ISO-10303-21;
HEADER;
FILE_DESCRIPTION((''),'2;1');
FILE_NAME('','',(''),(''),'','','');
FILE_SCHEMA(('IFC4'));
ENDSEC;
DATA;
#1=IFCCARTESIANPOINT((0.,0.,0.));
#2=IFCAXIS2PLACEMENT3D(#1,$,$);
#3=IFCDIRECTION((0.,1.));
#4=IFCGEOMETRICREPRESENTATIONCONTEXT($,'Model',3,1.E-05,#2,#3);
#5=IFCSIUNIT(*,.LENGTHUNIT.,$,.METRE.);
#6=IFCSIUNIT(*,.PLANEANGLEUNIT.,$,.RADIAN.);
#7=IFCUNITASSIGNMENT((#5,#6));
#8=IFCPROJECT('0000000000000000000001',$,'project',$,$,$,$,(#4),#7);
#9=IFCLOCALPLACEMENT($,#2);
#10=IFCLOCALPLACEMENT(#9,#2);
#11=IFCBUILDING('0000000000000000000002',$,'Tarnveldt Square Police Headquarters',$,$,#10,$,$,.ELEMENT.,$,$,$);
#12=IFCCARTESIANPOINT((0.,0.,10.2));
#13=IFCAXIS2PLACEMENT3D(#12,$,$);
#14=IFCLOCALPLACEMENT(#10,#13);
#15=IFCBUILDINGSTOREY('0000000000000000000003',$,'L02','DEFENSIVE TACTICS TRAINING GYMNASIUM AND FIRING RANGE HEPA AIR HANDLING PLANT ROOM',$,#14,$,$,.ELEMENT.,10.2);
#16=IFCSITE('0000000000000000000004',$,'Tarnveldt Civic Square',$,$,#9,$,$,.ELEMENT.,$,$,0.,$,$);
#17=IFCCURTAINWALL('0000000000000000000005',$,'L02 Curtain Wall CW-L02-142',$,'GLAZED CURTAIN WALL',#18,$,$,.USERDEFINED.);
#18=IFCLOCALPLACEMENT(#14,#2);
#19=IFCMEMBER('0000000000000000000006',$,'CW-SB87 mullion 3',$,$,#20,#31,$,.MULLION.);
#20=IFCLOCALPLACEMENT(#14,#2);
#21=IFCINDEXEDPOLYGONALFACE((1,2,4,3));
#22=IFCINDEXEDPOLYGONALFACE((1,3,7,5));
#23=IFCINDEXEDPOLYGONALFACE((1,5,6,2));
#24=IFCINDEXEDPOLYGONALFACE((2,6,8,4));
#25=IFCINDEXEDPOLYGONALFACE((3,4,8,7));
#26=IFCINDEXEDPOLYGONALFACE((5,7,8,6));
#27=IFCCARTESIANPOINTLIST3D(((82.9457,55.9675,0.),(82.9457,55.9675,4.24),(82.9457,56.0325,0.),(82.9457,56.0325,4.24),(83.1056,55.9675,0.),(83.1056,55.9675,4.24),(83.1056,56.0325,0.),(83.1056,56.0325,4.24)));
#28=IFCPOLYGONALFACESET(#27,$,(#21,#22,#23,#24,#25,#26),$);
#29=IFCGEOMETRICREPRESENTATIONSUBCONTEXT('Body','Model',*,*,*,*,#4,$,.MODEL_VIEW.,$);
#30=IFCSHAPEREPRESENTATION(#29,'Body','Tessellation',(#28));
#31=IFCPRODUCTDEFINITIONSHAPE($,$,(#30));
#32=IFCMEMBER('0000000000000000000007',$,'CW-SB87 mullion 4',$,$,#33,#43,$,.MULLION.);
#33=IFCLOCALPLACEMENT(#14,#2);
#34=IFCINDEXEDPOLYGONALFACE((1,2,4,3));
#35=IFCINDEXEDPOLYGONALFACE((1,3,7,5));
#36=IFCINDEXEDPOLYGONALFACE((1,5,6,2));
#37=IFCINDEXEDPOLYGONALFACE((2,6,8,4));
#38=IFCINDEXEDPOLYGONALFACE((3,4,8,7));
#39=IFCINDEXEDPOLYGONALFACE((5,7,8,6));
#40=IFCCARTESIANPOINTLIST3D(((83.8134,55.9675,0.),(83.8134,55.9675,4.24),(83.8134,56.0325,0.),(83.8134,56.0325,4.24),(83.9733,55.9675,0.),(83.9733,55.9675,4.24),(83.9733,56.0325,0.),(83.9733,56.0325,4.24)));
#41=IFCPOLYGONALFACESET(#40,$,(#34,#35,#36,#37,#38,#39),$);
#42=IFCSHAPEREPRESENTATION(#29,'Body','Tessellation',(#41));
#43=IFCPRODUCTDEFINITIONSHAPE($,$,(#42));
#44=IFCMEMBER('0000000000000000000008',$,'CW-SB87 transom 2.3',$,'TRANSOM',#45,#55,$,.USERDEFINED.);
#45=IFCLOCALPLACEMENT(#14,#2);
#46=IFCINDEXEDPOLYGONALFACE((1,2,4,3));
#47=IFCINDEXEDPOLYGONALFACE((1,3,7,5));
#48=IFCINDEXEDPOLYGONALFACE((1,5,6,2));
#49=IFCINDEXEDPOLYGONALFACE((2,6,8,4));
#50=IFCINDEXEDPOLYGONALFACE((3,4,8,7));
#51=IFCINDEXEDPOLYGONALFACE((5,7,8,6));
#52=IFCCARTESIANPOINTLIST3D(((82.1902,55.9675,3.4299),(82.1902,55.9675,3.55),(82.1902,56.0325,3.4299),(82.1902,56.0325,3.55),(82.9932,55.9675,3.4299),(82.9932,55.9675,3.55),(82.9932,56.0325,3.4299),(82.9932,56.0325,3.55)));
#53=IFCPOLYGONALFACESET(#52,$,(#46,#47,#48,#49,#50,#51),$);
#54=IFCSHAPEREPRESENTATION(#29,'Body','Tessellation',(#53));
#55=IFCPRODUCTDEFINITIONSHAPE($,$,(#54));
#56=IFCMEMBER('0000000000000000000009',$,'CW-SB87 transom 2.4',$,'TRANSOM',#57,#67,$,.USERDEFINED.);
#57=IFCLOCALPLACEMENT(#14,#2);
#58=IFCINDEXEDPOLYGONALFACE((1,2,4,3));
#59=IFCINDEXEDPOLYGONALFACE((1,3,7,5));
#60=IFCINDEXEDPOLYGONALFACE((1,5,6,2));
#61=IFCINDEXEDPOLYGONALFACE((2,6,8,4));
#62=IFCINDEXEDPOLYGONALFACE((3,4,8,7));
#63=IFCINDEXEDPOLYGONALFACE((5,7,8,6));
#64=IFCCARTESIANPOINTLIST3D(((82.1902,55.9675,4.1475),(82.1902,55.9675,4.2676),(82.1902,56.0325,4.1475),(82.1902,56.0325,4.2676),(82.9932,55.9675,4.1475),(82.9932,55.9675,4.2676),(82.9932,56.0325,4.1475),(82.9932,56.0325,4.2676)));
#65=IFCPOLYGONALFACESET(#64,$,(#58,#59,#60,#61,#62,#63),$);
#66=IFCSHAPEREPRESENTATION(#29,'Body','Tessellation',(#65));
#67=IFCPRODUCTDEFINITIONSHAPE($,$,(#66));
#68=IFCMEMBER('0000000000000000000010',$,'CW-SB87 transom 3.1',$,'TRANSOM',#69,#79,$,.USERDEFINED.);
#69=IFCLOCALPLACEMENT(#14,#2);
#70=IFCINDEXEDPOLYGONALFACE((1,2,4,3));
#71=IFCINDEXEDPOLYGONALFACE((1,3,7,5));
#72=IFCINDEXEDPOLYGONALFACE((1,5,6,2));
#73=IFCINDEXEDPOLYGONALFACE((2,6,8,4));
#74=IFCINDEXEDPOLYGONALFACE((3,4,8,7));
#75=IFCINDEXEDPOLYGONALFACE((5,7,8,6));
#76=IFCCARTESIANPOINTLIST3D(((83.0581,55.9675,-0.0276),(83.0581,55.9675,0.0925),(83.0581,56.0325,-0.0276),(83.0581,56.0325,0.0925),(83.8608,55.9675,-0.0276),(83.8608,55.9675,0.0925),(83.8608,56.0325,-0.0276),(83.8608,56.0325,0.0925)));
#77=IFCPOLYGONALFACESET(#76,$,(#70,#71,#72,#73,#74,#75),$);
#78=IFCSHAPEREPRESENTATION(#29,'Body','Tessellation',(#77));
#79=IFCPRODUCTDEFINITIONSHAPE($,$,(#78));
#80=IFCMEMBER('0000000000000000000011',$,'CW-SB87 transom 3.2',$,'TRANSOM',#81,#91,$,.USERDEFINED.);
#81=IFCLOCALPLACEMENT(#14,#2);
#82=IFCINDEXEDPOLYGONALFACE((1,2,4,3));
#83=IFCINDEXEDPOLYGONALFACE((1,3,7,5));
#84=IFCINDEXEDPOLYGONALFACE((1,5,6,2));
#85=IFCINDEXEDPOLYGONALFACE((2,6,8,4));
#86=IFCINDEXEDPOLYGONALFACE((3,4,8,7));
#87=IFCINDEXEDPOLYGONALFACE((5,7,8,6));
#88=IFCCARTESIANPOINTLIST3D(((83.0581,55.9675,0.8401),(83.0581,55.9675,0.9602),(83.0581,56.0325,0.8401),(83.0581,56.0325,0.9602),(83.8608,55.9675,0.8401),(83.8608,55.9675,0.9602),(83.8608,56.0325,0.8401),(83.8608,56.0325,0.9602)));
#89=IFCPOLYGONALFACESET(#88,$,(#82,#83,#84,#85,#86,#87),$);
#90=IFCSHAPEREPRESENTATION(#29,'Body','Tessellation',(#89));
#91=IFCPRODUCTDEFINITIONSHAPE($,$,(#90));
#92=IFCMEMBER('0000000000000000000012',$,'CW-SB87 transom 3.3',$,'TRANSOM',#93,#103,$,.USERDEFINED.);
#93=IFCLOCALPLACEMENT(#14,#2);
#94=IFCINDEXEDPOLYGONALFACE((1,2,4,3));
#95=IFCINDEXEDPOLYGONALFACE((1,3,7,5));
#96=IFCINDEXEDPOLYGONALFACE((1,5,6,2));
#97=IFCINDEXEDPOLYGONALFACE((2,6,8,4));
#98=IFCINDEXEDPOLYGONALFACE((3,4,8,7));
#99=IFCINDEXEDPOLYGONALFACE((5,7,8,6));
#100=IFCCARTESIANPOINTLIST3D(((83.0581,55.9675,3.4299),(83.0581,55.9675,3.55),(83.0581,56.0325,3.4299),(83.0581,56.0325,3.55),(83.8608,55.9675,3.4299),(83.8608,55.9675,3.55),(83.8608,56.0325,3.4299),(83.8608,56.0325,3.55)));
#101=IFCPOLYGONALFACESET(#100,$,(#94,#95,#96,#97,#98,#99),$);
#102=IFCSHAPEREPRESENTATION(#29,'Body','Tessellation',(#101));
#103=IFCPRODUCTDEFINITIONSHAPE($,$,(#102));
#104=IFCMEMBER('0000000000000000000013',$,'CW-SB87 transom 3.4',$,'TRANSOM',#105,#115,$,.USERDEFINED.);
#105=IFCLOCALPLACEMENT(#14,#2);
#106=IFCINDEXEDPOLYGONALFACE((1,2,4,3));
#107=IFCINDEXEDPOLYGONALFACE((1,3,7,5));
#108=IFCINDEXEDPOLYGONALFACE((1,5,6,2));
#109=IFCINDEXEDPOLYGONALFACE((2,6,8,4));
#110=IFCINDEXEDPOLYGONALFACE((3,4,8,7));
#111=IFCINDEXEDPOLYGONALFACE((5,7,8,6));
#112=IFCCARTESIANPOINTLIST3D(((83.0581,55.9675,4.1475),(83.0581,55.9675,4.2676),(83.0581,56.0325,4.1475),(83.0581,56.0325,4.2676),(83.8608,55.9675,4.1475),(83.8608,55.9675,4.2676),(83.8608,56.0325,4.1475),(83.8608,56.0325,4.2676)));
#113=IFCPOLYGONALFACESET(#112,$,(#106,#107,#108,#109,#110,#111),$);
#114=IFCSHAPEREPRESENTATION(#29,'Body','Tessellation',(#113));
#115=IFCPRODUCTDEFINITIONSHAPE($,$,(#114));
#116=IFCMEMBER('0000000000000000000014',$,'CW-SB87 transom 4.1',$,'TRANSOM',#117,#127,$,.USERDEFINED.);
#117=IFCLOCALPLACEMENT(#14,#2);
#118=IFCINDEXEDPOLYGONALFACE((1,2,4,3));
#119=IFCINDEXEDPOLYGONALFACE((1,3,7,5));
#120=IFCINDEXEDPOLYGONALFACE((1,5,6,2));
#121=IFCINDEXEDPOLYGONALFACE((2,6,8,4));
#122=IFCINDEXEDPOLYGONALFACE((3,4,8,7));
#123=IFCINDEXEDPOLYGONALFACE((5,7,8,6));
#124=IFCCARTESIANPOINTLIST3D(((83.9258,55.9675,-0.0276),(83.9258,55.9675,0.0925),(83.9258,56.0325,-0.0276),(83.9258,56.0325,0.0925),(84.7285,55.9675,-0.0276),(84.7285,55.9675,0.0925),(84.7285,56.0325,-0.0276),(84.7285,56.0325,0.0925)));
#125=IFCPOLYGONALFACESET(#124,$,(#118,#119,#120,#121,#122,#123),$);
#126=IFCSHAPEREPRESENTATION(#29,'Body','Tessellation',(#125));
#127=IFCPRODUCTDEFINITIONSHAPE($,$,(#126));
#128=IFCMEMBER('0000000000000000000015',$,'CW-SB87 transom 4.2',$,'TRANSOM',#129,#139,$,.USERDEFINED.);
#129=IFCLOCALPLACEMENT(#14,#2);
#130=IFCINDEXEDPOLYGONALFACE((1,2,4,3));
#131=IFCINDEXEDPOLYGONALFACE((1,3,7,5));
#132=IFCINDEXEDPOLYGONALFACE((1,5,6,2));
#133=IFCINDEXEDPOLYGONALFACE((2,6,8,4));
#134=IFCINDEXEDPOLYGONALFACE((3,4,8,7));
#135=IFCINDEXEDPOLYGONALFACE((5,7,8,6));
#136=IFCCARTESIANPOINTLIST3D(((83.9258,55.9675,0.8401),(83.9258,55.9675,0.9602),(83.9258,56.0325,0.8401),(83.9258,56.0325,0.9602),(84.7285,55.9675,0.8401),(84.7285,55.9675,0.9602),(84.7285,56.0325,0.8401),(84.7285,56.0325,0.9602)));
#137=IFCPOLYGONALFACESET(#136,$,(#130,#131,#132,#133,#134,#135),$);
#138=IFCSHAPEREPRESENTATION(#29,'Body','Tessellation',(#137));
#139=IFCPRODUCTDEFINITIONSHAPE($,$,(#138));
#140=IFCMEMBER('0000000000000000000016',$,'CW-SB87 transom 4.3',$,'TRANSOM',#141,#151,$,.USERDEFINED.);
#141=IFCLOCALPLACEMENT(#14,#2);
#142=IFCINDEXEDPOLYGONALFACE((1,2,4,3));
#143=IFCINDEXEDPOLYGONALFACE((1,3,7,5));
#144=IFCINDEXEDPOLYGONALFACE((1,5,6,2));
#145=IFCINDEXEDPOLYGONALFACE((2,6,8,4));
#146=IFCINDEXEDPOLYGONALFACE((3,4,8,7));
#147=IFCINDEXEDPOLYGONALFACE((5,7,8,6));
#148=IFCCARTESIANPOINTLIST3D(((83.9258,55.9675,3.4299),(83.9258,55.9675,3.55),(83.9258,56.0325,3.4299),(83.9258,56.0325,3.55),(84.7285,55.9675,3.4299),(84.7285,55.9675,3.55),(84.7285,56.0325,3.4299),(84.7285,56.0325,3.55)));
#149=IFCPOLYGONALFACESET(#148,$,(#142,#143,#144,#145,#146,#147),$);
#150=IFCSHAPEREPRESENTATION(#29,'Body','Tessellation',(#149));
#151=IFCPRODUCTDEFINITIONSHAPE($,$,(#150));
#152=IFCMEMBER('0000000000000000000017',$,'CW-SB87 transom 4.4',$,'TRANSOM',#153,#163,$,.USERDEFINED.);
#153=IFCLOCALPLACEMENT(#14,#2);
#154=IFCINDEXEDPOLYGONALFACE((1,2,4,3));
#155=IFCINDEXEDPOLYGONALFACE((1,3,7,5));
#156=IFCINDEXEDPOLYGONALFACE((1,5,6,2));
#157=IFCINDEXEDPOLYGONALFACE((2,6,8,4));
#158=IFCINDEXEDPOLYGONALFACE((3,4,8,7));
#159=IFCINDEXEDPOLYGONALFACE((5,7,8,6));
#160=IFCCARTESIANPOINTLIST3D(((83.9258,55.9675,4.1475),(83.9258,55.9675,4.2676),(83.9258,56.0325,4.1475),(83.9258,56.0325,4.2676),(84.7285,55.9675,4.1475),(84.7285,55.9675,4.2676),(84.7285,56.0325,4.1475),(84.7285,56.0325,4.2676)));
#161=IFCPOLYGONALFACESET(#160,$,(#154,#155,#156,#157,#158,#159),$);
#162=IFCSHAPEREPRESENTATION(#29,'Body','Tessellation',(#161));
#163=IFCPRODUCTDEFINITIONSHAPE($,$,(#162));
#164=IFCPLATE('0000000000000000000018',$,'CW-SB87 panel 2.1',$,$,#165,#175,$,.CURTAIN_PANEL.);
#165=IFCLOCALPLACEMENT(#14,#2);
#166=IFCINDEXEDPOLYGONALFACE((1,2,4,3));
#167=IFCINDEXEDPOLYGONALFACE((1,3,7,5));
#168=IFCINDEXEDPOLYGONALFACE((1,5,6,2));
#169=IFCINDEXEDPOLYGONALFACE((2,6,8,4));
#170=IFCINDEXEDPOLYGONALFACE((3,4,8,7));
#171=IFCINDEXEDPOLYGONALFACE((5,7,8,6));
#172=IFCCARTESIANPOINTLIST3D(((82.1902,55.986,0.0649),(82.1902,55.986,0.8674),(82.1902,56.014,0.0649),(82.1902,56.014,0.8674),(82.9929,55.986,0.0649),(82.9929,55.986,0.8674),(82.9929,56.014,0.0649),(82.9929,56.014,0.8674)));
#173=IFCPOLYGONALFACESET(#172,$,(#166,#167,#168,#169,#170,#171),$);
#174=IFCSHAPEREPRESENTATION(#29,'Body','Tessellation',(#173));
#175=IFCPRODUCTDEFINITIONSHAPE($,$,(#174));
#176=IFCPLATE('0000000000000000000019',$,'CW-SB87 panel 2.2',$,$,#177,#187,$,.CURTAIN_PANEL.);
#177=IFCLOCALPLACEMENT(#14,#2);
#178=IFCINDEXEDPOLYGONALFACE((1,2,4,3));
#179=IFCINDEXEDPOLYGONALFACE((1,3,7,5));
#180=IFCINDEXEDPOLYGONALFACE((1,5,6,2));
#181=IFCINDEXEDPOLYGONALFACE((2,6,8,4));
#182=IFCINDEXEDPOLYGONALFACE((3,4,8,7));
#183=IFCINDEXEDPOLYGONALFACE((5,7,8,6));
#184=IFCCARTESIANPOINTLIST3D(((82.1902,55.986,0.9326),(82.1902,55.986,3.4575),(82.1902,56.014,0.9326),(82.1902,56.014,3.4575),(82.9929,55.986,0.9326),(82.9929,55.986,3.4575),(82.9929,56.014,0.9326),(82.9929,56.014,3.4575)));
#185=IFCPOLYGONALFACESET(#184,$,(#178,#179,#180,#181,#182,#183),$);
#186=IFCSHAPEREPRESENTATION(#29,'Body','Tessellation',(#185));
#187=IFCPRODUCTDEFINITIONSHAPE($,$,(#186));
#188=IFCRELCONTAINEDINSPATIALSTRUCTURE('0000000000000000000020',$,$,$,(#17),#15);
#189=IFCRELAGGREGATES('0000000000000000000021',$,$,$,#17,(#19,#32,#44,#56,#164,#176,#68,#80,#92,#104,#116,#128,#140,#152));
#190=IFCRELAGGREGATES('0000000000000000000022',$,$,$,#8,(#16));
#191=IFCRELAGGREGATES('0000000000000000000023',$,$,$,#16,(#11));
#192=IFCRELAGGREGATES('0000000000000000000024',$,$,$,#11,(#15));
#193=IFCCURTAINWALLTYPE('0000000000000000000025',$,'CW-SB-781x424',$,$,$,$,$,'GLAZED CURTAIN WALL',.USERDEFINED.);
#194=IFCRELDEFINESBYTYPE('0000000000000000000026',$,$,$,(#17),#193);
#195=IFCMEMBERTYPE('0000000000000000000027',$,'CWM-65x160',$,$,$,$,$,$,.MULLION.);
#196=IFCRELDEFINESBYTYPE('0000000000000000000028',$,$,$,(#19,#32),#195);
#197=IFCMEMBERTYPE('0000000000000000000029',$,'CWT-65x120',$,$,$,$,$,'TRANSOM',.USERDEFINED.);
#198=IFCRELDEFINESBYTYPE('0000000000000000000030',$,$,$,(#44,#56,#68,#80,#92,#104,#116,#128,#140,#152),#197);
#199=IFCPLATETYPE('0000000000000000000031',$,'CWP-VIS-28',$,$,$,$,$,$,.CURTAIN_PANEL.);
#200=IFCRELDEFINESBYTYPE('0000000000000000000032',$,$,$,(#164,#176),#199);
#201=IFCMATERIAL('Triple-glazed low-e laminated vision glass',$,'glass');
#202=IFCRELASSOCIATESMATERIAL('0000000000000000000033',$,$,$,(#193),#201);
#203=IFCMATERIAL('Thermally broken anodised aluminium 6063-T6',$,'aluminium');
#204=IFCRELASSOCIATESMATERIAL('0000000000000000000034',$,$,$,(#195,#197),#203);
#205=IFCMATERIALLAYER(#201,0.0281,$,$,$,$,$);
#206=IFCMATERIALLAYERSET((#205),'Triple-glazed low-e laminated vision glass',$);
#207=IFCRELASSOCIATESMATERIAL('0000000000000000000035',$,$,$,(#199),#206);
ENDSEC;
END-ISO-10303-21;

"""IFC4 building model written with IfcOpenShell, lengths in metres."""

from ifc_helpers import new_model, si_unit, direction, frame, origin, origin_2d, place, context, subcontext, project, spatial, rectangle, extrude, material, layer, layer_set, material_profile, profile_set, type_object, element, aggregate, save


model = new_model("IFC4")

# Units and contexts
model_context = context("Model", 3, precision=1e-05, world=origin(), true_north=direction((0.0, 1.0)))
body_context = subcontext(model_context, "Body", "Model", "MODEL_VIEW")
ifc_project = project(units=[si_unit("LENGTHUNIT", "METRE"), si_unit("PLANEANGLEUNIT", "RADIAN")], contexts=[model_context])

# Site, building, storey
site_placement = place(None, origin())
site = spatial("IfcSite", under=ifc_project, at=site_placement, Name="Tarnveldt Civic Square", CompositionType="ELEMENT", RefElevation=0.0)
building_placement = place(site_placement, origin())
building = spatial("IfcBuilding", under=site, at=building_placement, Name="Tarnveldt Square Police Headquarters", CompositionType="ELEMENT")
storey_placement = place(building_placement, frame((0.0, 0.0, 10.2)))
storey = spatial("IfcBuildingStorey", under=building, at=storey_placement, Name="L02", Description="DEFENSIVE TACTICS TRAINING GYMNASIUM AND FIRING RANGE HEPA AIR HANDLING PLANT ROOM", CompositionType="ELEMENT", Elevation=10.2)

# Curtain wall, members, plates
ifc_material_1 = material(Name="Triple-glazed low-e laminated vision glass", Category="glass")
curtain_wall_type = type_object("IfcCurtainWallType", Name="CW-SB-781x424", ElementType="GLAZED CURTAIN WALL", PredefinedType="USERDEFINED", material=ifc_material_1)
curtain_wall_placement = place(storey_placement, origin())
curtain_wall = element("IfcCurtainWall", 1, at=curtain_wall_placement, inside=storey, type_object=curtain_wall_type, Name="L02 Curtain Wall CW-L02-142", ObjectType="GLAZED CURTAIN WALL", PredefinedType="USERDEFINED")
ifc_material_2 = material(Name="Thermally broken anodised aluminium 6063-T6", Category="aluminium")
ifc_material_profile_1 = material_profile(ifc_material_2, rectangle(XDim=0.0649, YDim=0.1599, at=origin_2d()), Name="CW-M65x160")
ifc_profile_set_1 = profile_set([ifc_material_profile_1], Name="Thermally broken anodised aluminium 6063-T6")
member_type_1 = type_object("IfcMemberType", Name="CWM-65x160", PredefinedType="MULLION", material=ifc_profile_set_1)
member_1_placement = place(storey_placement, frame((83.0256, 56.0, 0.0), z_axis=(0.0, 0.0, 1.0), x_axis=(0.0, 1.0, 0.0)))
member_1 = element("IfcMember", 2, at=member_1_placement, type_object=member_type_1, Name="CW-SB87 mullion 3", PredefinedType="MULLION", context=body_context, shape_type="SweptSolid", body=[
    extrude(rectangle(XDim=0.0649, YDim=0.1599, at=origin_2d()), origin(), (0.0, 0.0, 1.0), 4.24),
])
member_2_placement = place(storey_placement, frame((83.8933, 56.0, 0.0), z_axis=(0.0, 0.0, 1.0), x_axis=(0.0, 1.0, 0.0)))
member_2 = element("IfcMember", 3, at=member_2_placement, type_object=member_type_1, Name="CW-SB87 mullion 4", PredefinedType="MULLION", context=body_context, shape_type="SweptSolid", body=[
    extrude(rectangle(XDim=0.0649, YDim=0.1599, at=origin_2d()), origin(), (0.0, 0.0, 1.0), 4.24),
])
ifc_material_profile_2 = material_profile(ifc_material_2, rectangle(XDim=0.0649, YDim=0.1201, at=origin_2d()), Name="CW-T65x120")
ifc_profile_set_2 = profile_set([ifc_material_profile_2], Name="Thermally broken anodised aluminium 6063-T6")
member_type_2 = type_object("IfcMemberType", Name="CWT-65x120", ElementType="TRANSOM", PredefinedType="USERDEFINED", material=ifc_profile_set_2)
member_3_placement = place(storey_placement, frame((82.1902, 56.0, 3.49), z_axis=(1.0, 0.0, 0.0), x_axis=(0.0, 1.0, 0.0)))
member_3 = element("IfcMember", 4, at=member_3_placement, type_object=member_type_2, Name="CW-SB87 transom 2.3", ObjectType="TRANSOM", PredefinedType="USERDEFINED", context=body_context, shape_type="SweptSolid", body=[
    extrude(rectangle(XDim=0.0649, YDim=0.1201, at=origin_2d()), origin(), (0.0, 0.0, 1.0), 0.803),
])
member_4_placement = place(storey_placement, frame((82.1902, 56.0, 4.2075), z_axis=(1.0, 0.0, 0.0), x_axis=(0.0, 1.0, 0.0)))
member_4 = element("IfcMember", 5, at=member_4_placement, type_object=member_type_2, Name="CW-SB87 transom 2.4", ObjectType="TRANSOM", PredefinedType="USERDEFINED", context=body_context, shape_type="SweptSolid", body=[
    extrude(rectangle(XDim=0.0649, YDim=0.1201, at=origin_2d()), origin(), (0.0, 0.0, 1.0), 0.803),
])
member_5_placement = place(storey_placement, frame((83.0581, 56.0, 0.0325), z_axis=(1.0, 0.0, 0.0), x_axis=(0.0, 1.0, 0.0)))
member_5 = element("IfcMember", 6, at=member_5_placement, type_object=member_type_2, Name="CW-SB87 transom 3.1", ObjectType="TRANSOM", PredefinedType="USERDEFINED", context=body_context, shape_type="SweptSolid", body=[
    extrude(rectangle(XDim=0.0649, YDim=0.1201, at=origin_2d()), origin(), (0.0, 0.0, 1.0), 0.8027),
])
member_6_placement = place(storey_placement, frame((83.0581, 56.0, 0.9001), z_axis=(1.0, 0.0, 0.0), x_axis=(0.0, 1.0, 0.0)))
member_6 = element("IfcMember", 7, at=member_6_placement, type_object=member_type_2, Name="CW-SB87 transom 3.2", ObjectType="TRANSOM", PredefinedType="USERDEFINED", context=body_context, shape_type="SweptSolid", body=[
    extrude(rectangle(XDim=0.0649, YDim=0.1201, at=origin_2d()), origin(), (0.0, 0.0, 1.0), 0.8027),
])
member_7_placement = place(storey_placement, frame((83.0581, 56.0, 3.49), z_axis=(1.0, 0.0, 0.0), x_axis=(0.0, 1.0, 0.0)))
member_7 = element("IfcMember", 8, at=member_7_placement, type_object=member_type_2, Name="CW-SB87 transom 3.3", ObjectType="TRANSOM", PredefinedType="USERDEFINED", context=body_context, shape_type="SweptSolid", body=[
    extrude(rectangle(XDim=0.0649, YDim=0.1201, at=origin_2d()), origin(), (0.0, 0.0, 1.0), 0.8027),
])
member_8_placement = place(storey_placement, frame((83.0581, 56.0, 4.2075), z_axis=(1.0, 0.0, 0.0), x_axis=(0.0, 1.0, 0.0)))
member_8 = element("IfcMember", 9, at=member_8_placement, type_object=member_type_2, Name="CW-SB87 transom 3.4", ObjectType="TRANSOM", PredefinedType="USERDEFINED", context=body_context, shape_type="SweptSolid", body=[
    extrude(rectangle(XDim=0.0649, YDim=0.1201, at=origin_2d()), origin(), (0.0, 0.0, 1.0), 0.8027),
])
member_9_placement = place(storey_placement, frame((83.9258, 56.0, 0.0325), z_axis=(1.0, 0.0, 0.0), x_axis=(0.0, 1.0, 0.0)))
member_9 = element("IfcMember", 10, at=member_9_placement, type_object=member_type_2, Name="CW-SB87 transom 4.1", ObjectType="TRANSOM", PredefinedType="USERDEFINED", context=body_context, shape_type="SweptSolid", body=[
    extrude(rectangle(XDim=0.0649, YDim=0.1201, at=origin_2d()), origin(), (0.0, 0.0, 1.0), 0.8027),
])
member_10_placement = place(storey_placement, frame((83.9258, 56.0, 0.9001), z_axis=(1.0, 0.0, 0.0), x_axis=(0.0, 1.0, 0.0)))
member_10 = element("IfcMember", 11, at=member_10_placement, type_object=member_type_2, Name="CW-SB87 transom 4.2", ObjectType="TRANSOM", PredefinedType="USERDEFINED", context=body_context, shape_type="SweptSolid", body=[
    extrude(rectangle(XDim=0.0649, YDim=0.1201, at=origin_2d()), origin(), (0.0, 0.0, 1.0), 0.8027),
])
member_11_placement = place(storey_placement, frame((83.9258, 56.0, 3.49), z_axis=(1.0, 0.0, 0.0), x_axis=(0.0, 1.0, 0.0)))
member_11 = element("IfcMember", 12, at=member_11_placement, type_object=member_type_2, Name="CW-SB87 transom 4.3", ObjectType="TRANSOM", PredefinedType="USERDEFINED", context=body_context, shape_type="SweptSolid", body=[
    extrude(rectangle(XDim=0.0649, YDim=0.1201, at=origin_2d()), origin(), (0.0, 0.0, 1.0), 0.8027),
])
member_12_placement = place(storey_placement, frame((83.9258, 56.0, 4.2075), z_axis=(1.0, 0.0, 0.0), x_axis=(0.0, 1.0, 0.0)))
member_12 = element("IfcMember", 13, at=member_12_placement, type_object=member_type_2, Name="CW-SB87 transom 4.4", ObjectType="TRANSOM", PredefinedType="USERDEFINED", context=body_context, shape_type="SweptSolid", body=[
    extrude(rectangle(XDim=0.0649, YDim=0.1201, at=origin_2d()), origin(), (0.0, 0.0, 1.0), 0.8027),
])
ifc_layer = layer(ifc_material_1, 0.0281)
ifc_layer_set = layer_set([ifc_layer], Name="Triple-glazed low-e laminated vision glass")
plate_type = type_object("IfcPlateType", Name="CWP-VIS-28", PredefinedType="CURTAIN_PANEL", material=ifc_layer_set)
plate_1_placement = place(storey_placement, frame((82.5916, 56.0, 0.0649), z_axis=(0.0, 0.0, 1.0), x_axis=(1.0, 0.0, 0.0)))
plate_1 = element("IfcPlate", 14, at=plate_1_placement, type_object=plate_type, Name="CW-SB87 panel 2.1", PredefinedType="CURTAIN_PANEL", context=body_context, shape_type="SweptSolid", body=[
    extrude(rectangle(XDim=0.8027, YDim=0.0281, at=origin_2d()), origin(), (0.0, 0.0, 1.0), 0.8025),
])
plate_2_placement = place(storey_placement, frame((82.5916, 56.0, 0.9326), z_axis=(0.0, 0.0, 1.0), x_axis=(1.0, 0.0, 0.0)))
plate_2 = element("IfcPlate", 15, at=plate_2_placement, type_object=plate_type, Name="CW-SB87 panel 2.2", PredefinedType="CURTAIN_PANEL", context=body_context, shape_type="SweptSolid", body=[
    extrude(rectangle(XDim=0.8027, YDim=0.0281, at=origin_2d()), origin(), (0.0, 0.0, 1.0), 2.5249),
])
aggregate(curtain_wall, [member_1, member_2, member_3, member_4, plate_1, plate_2, member_5, member_6, member_7, member_8, member_9, member_10, member_11, member_12])

save(model, "model.ifc")
